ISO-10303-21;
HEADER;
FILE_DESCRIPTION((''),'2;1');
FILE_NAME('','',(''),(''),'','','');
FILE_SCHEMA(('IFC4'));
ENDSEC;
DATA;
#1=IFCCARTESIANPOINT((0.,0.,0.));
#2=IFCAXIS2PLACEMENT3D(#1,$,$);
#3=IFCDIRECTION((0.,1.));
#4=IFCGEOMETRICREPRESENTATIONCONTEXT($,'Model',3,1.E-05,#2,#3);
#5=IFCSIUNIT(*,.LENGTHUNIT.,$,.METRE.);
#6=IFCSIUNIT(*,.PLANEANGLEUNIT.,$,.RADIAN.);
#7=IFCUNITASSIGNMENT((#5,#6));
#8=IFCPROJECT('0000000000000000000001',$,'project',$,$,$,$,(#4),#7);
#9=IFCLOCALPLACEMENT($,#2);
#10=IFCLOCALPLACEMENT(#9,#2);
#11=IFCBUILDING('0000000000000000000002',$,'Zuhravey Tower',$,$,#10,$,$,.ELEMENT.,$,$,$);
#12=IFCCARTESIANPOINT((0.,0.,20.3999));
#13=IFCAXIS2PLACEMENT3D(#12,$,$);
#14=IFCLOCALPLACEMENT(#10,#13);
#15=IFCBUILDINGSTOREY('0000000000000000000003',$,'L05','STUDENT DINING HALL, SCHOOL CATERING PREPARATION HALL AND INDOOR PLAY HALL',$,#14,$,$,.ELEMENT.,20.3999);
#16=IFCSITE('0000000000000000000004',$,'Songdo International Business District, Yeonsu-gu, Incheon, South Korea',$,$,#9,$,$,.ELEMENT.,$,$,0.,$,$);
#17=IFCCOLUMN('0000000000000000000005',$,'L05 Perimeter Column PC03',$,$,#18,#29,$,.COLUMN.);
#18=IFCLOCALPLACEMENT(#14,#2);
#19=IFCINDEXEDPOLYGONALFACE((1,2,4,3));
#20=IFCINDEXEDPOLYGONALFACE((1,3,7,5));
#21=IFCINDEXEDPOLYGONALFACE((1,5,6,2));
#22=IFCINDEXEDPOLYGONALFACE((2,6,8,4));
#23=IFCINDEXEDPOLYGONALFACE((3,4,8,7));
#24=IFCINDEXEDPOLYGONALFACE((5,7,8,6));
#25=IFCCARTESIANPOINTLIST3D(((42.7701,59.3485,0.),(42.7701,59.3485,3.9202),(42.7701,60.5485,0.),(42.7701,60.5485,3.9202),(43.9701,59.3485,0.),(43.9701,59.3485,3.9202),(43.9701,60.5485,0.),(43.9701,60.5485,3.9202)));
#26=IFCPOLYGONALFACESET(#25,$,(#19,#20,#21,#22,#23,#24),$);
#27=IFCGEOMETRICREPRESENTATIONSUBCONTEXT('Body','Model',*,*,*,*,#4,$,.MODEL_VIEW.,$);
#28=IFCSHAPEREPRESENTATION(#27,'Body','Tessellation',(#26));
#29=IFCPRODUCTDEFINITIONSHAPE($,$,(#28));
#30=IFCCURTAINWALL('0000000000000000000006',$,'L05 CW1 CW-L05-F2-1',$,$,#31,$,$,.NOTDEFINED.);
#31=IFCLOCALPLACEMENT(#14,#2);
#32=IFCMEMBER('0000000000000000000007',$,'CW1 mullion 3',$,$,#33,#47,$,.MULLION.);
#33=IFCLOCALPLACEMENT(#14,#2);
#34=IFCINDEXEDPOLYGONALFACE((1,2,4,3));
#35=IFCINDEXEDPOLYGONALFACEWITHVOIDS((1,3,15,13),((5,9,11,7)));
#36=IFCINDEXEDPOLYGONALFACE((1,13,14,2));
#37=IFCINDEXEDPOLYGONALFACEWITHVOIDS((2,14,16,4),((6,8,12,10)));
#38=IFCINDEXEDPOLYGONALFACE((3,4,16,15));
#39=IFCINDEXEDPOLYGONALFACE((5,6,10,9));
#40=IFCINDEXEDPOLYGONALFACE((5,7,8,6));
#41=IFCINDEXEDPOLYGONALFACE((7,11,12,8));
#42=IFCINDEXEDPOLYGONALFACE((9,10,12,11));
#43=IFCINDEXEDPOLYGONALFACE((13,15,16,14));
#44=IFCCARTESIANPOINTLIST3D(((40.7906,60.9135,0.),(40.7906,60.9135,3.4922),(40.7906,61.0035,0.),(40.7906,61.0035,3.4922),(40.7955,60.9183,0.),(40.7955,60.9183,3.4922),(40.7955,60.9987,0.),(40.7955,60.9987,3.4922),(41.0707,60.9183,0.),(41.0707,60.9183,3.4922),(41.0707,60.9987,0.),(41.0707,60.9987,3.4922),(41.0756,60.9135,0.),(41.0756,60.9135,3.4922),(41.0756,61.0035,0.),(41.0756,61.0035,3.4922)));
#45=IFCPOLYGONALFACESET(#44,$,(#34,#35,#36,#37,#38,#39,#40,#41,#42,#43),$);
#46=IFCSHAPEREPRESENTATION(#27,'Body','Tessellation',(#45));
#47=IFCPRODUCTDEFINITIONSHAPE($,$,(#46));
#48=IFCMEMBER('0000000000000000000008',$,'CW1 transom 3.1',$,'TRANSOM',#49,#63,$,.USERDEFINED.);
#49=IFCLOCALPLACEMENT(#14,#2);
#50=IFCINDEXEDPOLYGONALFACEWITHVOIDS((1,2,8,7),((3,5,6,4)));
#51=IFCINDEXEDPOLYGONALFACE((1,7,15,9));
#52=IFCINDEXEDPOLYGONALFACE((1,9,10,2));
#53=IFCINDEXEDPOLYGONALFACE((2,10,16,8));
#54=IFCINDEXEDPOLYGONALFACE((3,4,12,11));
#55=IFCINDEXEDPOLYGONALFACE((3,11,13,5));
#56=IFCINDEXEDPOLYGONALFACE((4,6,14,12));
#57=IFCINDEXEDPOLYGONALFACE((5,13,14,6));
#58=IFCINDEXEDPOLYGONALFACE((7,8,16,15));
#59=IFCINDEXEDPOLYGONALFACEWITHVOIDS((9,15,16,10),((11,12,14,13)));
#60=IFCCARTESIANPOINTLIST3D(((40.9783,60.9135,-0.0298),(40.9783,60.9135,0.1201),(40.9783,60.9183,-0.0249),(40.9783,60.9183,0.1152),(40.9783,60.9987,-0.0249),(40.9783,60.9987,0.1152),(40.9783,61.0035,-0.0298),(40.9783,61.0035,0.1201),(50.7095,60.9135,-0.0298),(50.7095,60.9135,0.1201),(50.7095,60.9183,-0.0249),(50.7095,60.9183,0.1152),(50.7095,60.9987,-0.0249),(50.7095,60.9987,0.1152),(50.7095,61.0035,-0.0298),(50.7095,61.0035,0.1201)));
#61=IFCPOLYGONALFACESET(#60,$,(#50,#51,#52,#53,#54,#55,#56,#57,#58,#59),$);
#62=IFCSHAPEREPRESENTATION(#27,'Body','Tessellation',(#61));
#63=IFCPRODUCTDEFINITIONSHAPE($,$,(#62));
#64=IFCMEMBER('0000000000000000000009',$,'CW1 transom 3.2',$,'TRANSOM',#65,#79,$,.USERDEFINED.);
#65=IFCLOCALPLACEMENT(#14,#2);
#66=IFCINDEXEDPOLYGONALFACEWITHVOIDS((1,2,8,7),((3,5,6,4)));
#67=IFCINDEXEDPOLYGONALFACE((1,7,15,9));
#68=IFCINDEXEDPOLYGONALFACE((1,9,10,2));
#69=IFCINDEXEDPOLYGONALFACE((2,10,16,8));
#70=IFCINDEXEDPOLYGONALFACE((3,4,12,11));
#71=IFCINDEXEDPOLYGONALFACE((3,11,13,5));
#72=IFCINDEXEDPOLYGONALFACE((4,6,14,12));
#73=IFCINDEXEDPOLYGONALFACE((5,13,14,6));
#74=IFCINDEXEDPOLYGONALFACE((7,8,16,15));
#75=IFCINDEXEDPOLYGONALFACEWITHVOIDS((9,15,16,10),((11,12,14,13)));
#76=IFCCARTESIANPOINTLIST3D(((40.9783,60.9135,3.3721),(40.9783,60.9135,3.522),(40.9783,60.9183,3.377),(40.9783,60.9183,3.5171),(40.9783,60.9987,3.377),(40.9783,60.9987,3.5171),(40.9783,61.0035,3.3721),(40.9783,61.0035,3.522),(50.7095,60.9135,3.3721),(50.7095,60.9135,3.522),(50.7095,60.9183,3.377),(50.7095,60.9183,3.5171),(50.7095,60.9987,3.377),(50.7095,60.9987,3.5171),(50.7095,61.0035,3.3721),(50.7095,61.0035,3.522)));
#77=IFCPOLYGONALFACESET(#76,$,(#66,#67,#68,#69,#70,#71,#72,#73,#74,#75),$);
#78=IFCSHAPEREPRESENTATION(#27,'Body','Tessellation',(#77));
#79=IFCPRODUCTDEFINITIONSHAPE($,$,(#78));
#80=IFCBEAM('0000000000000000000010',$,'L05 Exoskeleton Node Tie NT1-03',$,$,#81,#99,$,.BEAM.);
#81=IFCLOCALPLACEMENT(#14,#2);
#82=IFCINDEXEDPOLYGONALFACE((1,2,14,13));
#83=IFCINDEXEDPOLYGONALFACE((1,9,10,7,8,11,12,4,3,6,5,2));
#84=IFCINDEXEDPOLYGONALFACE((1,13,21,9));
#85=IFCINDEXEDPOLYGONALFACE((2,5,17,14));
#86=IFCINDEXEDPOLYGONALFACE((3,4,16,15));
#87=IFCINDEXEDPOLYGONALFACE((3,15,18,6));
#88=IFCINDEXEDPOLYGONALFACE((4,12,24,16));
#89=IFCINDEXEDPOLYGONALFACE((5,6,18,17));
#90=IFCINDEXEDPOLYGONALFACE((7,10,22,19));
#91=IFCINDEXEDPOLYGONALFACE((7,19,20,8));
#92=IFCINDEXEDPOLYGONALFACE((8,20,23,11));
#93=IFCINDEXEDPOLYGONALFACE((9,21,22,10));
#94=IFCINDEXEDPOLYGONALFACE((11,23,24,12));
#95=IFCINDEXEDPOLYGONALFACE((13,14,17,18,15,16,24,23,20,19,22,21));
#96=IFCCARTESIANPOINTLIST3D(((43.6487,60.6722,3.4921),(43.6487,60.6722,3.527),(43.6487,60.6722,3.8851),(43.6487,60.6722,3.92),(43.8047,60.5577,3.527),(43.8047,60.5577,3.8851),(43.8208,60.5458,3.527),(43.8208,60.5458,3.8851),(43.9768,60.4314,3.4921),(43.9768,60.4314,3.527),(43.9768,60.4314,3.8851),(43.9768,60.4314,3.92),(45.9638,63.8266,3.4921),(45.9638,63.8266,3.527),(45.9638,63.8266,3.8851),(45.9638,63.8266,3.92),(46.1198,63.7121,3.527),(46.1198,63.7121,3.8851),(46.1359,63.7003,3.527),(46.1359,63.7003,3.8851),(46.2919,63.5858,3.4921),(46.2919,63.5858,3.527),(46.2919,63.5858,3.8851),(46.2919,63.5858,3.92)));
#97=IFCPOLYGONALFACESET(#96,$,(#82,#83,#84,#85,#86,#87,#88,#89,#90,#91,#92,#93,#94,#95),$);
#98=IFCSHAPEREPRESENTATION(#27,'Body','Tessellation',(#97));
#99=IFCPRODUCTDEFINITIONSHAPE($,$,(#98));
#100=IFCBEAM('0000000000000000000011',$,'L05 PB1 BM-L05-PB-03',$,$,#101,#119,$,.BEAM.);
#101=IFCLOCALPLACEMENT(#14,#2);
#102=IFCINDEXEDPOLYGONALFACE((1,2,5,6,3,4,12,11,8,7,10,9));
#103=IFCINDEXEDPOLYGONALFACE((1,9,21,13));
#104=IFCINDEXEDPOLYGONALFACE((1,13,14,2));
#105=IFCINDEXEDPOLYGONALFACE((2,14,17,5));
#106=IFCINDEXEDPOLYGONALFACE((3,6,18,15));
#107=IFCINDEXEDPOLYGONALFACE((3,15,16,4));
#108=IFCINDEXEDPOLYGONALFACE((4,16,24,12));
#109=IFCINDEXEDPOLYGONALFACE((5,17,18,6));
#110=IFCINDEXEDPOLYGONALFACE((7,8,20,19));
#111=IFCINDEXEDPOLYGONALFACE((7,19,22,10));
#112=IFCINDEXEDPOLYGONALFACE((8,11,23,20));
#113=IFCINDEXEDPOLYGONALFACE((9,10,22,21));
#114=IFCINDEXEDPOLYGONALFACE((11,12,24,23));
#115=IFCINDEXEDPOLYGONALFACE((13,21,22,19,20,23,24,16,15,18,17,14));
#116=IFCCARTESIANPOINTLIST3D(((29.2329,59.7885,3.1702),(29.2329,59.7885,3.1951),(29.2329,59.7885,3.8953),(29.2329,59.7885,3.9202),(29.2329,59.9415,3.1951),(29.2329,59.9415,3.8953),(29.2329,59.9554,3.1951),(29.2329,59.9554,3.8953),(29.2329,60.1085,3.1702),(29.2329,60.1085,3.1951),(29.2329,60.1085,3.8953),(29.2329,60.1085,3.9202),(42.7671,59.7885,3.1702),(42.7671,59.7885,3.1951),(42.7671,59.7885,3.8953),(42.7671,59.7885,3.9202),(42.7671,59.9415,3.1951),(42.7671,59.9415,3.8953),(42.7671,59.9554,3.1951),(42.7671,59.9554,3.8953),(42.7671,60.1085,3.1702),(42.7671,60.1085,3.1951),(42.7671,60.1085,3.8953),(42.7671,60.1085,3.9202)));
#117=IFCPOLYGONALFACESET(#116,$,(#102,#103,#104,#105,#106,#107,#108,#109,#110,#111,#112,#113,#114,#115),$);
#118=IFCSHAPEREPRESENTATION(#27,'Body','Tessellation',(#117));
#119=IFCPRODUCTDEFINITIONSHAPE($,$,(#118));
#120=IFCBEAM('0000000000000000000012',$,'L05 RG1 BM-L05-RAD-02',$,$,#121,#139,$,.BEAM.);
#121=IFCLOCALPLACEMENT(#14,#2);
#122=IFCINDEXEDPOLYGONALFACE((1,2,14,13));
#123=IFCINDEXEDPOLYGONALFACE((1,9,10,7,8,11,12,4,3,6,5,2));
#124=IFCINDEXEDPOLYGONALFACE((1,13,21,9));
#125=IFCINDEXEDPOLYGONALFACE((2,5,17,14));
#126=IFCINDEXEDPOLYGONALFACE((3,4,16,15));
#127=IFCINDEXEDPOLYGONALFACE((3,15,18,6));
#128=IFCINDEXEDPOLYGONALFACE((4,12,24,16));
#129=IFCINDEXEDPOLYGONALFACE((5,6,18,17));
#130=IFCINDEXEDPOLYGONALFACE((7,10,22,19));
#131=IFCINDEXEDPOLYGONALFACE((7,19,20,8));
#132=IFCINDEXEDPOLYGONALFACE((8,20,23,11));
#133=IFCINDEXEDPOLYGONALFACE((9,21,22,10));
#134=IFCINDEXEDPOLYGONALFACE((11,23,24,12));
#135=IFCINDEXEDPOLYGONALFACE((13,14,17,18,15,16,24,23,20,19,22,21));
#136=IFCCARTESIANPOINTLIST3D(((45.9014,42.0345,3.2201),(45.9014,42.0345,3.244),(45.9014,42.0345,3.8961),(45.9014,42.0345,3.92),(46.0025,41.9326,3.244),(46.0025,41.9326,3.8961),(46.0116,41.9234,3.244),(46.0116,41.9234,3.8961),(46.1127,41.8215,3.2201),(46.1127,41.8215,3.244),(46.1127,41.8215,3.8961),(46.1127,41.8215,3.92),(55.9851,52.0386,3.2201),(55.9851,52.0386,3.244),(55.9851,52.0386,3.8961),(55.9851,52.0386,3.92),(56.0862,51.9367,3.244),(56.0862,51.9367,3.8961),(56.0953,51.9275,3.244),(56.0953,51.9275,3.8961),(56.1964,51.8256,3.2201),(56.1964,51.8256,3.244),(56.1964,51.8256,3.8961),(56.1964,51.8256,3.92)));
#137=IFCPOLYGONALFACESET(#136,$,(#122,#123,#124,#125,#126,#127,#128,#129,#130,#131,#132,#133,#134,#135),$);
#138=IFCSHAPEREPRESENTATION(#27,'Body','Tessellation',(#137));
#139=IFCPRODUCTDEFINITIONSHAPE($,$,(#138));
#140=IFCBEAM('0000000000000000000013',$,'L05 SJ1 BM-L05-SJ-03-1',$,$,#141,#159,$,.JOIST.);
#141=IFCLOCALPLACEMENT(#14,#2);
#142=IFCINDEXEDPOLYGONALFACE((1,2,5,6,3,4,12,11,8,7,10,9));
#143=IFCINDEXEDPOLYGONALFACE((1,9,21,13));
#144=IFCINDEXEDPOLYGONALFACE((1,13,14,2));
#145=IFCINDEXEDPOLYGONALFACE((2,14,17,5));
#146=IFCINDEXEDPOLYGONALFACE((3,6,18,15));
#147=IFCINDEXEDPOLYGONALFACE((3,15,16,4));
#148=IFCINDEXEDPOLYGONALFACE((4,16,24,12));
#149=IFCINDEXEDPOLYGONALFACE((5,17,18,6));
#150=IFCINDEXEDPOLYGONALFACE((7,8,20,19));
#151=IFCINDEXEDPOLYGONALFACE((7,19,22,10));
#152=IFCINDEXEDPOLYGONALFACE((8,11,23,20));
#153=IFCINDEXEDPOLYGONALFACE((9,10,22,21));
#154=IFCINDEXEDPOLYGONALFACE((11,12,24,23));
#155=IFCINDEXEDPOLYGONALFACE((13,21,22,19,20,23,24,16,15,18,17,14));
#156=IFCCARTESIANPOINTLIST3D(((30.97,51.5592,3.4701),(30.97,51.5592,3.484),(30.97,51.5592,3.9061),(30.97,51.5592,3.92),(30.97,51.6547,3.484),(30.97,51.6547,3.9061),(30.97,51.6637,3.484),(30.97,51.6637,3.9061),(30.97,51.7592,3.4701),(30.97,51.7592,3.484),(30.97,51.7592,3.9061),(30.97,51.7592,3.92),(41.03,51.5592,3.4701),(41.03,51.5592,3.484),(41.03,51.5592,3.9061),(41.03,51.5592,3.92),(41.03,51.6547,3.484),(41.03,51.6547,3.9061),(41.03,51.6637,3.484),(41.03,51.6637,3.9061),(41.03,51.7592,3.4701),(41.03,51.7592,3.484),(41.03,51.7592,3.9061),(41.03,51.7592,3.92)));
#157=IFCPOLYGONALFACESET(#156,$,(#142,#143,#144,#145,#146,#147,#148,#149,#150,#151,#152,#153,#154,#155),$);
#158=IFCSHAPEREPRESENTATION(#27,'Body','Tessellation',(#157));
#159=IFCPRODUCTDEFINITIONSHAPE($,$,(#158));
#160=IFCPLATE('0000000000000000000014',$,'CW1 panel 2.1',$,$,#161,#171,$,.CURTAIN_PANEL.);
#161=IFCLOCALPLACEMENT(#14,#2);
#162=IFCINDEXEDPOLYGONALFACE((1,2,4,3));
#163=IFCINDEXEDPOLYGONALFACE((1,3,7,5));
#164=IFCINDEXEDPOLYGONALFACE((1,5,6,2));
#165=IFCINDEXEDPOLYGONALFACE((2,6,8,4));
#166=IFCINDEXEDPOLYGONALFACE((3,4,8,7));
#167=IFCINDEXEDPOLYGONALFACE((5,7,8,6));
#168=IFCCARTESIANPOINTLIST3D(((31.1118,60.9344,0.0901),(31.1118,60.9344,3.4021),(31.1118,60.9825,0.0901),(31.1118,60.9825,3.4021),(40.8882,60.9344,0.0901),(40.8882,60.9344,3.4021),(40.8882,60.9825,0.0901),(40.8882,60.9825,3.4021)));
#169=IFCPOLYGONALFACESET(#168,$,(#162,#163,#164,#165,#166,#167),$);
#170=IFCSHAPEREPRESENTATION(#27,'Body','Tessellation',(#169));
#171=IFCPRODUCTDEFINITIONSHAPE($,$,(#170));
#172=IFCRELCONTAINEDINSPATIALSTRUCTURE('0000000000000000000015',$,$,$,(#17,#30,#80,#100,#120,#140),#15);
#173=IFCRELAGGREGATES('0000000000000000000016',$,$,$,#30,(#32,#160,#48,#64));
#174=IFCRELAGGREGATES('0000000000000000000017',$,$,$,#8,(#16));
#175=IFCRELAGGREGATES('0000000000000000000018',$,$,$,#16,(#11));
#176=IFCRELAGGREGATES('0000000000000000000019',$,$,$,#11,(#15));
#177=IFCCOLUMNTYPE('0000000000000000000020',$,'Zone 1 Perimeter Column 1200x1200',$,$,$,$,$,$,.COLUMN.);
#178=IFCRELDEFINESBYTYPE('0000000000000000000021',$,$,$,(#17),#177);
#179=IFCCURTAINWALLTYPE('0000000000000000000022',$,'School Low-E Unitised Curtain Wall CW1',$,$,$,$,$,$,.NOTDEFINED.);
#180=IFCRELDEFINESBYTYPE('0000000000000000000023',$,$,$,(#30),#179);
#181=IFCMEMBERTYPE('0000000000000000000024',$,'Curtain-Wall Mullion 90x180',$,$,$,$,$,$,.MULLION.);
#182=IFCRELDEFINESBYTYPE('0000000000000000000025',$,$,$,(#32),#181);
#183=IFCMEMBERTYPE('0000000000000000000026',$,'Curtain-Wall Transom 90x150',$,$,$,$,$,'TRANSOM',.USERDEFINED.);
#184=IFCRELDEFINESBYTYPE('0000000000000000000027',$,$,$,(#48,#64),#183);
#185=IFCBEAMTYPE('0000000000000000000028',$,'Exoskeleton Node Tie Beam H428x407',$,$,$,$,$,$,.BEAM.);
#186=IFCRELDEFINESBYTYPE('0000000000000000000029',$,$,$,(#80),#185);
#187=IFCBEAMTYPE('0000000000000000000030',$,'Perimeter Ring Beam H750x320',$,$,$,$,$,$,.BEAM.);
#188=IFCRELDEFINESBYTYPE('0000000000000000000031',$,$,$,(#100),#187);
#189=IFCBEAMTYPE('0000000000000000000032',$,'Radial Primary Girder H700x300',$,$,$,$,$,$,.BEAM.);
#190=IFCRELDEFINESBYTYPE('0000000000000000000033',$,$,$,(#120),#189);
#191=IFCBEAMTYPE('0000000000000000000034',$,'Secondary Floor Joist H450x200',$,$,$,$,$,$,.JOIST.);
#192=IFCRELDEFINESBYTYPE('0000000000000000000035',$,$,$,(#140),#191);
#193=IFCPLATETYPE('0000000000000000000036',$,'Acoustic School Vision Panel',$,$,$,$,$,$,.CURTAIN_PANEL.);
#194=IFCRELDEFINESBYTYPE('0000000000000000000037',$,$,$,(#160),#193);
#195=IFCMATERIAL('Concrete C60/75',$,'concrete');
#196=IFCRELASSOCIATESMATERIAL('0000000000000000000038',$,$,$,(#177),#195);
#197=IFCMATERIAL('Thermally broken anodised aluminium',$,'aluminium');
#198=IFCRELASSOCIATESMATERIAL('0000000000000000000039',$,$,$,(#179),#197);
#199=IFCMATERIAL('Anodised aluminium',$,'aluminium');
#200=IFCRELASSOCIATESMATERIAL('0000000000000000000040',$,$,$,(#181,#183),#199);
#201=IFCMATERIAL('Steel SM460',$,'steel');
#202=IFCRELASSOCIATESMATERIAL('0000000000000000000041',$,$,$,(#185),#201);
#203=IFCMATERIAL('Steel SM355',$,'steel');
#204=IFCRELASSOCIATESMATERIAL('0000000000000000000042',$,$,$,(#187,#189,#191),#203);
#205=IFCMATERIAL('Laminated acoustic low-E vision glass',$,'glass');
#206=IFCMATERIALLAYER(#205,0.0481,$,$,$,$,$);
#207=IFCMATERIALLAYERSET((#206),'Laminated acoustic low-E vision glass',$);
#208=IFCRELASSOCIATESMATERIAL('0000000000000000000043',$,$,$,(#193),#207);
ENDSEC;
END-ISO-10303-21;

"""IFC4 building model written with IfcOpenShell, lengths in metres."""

from ifc_helpers import new_model, si_unit, direction, frame, origin, origin_2d, place, context, subcontext, project, spatial, rectangle, hollow_rectangle, i_section, extrude, material, layer, layer_set, material_profile, profile_set, type_object, element, aggregate, save


model = new_model("IFC4")

# Units and contexts
model_context = context("Model", 3, precision=1e-05, world=origin(), true_north=direction((0.0, 1.0)))
body_context = subcontext(model_context, "Body", "Model", "MODEL_VIEW")
ifc_project = project(units=[si_unit("LENGTHUNIT", "METRE"), si_unit("PLANEANGLEUNIT", "RADIAN")], contexts=[model_context])

# Site, building, storey
site_placement = place(None, origin())
site = spatial("IfcSite", under=ifc_project, at=site_placement, Name="Songdo International Business District, Yeonsu-gu, Incheon, South Korea", CompositionType="ELEMENT", RefElevation=0.0)
building_placement = place(site_placement, origin())
building = spatial("IfcBuilding", under=site, at=building_placement, Name="Zuhravey Tower", CompositionType="ELEMENT")
storey_placement = place(building_placement, frame((0.0, 0.0, 20.3999)))
storey = spatial("IfcBuildingStorey", under=building, at=storey_placement, Name="L05", Description="STUDENT DINING HALL, SCHOOL CATERING PREPARATION HALL AND INDOOR PLAY HALL", CompositionType="ELEMENT", Elevation=20.3999)

# Column
ifc_material_1 = material(Name="Concrete C60/75", Category="concrete")
ifc_material_profile_1 = material_profile(ifc_material_1, rectangle(XDim=1.2, YDim=1.2, at=origin_2d()), Name="RC-1200x1200")
ifc_profile_set_1 = profile_set([ifc_material_profile_1], Name="Concrete C60/75")
column_type = type_object("IfcColumnType", Name="Zone 1 Perimeter Column 1200x1200", PredefinedType="COLUMN", material=ifc_profile_set_1)
column_placement = place(storey_placement, frame((43.3701, 59.9485, 0.0), z_axis=(0.0, 0.0, 1.0), x_axis=(-1.0, 0.0, 0.0)))
element("IfcColumn", 1, at=column_placement, inside=storey, type_object=column_type, Name="L05 Perimeter Column PC03", PredefinedType="COLUMN", context=body_context, shape_type="SweptSolid", body=[
    extrude(rectangle(XDim=1.2, YDim=1.2, at=origin_2d()), origin(), (0.0, 0.0, 1.0), 3.9202),
])

# Curtain wall, members
ifc_material_2 = material(Name="Thermally broken anodised aluminium", Category="aluminium")
curtain_wall_type = type_object("IfcCurtainWallType", Name="School Low-E Unitised Curtain Wall CW1", PredefinedType="NOTDEFINED", material=ifc_material_2)
curtain_wall_placement = place(storey_placement, origin())
curtain_wall = element("IfcCurtainWall", 2, at=curtain_wall_placement, inside=storey, type_object=curtain_wall_type, Name="L05 CW1 CW-L05-F2-1", PredefinedType="NOTDEFINED")
ifc_material_3 = material(Name="Anodised aluminium", Category="aluminium")
ifc_material_profile_2 = material_profile(ifc_material_3, hollow_rectangle(XDim=0.0901, YDim=0.2849, WallThickness=0.0049, at=origin_2d()), Name="ALU-RHS-90x285x5")
ifc_profile_set_2 = profile_set([ifc_material_profile_2], Name="Anodised aluminium")
member_type_1 = type_object("IfcMemberType", Name="Curtain-Wall Mullion 90x180", PredefinedType="MULLION", material=ifc_profile_set_2)
member_1_placement = place(storey_placement, frame((40.9331, 60.9585, 0.0), z_axis=(0.0, 0.0, 1.0), x_axis=(0.0, 1.0, 0.0)))
member_1 = element("IfcMember", 3, at=member_1_placement, type_object=member_type_1, Name="CW1 mullion 3", PredefinedType="MULLION", context=body_context, shape_type="SweptSolid", body=[
    extrude(hollow_rectangle(XDim=0.0901, YDim=0.2849, WallThickness=0.0049, at=origin_2d()), origin(), (0.0, 0.0, 1.0), 3.4922),
])
ifc_material_profile_3 = material_profile(ifc_material_3, hollow_rectangle(XDim=0.0901, YDim=0.1499, WallThickness=0.0049, at=origin_2d()), Name="ALU-RHS-90x150x5")
ifc_profile_set_3 = profile_set([ifc_material_profile_3], Name="Anodised aluminium")
member_type_2 = type_object("IfcMemberType", Name="Curtain-Wall Transom 90x150", ElementType="TRANSOM", PredefinedType="USERDEFINED", material=ifc_profile_set_3)
member_2_placement = place(storey_placement, frame((40.9783, 60.9585, 0.0452), z_axis=(1.0, 0.0, 0.0), x_axis=(0.0, 1.0, 0.0)))
member_2 = element("IfcMember", 4, at=member_2_placement, type_object=member_type_2, Name="CW1 transom 3.1", ObjectType="TRANSOM", PredefinedType="USERDEFINED", context=body_context, shape_type="SweptSolid", body=[
    extrude(hollow_rectangle(XDim=0.0901, YDim=0.1499, WallThickness=0.0049, at=origin_2d()), origin(), (0.0, 0.0, 1.0), 9.7312),
])
member_3_placement = place(storey_placement, frame((40.9783, 60.9585, 3.447), z_axis=(1.0, 0.0, 0.0), x_axis=(0.0, 1.0, 0.0)))
member_3 = element("IfcMember", 5, at=member_3_placement, type_object=member_type_2, Name="CW1 transom 3.2", ObjectType="TRANSOM", PredefinedType="USERDEFINED", context=body_context, shape_type="SweptSolid", body=[
    extrude(hollow_rectangle(XDim=0.0901, YDim=0.1499, WallThickness=0.0049, at=origin_2d()), origin(), (0.0, 0.0, 1.0), 9.7312),
])

# Beams
ifc_material_4 = material(Name="Steel SM460", Category="steel")
ifc_material_profile_4 = material_profile(ifc_material_4, i_section(OverallWidth=0.407, OverallDepth=0.428, WebThickness=0.02, FlangeThickness=0.0349, at=origin_2d()), Name="H-428x407x20x35")
ifc_profile_set_4 = profile_set([ifc_material_profile_4], Name="Steel SM460")
beam_type_1 = type_object("IfcBeamType", Name="Exoskeleton Node Tie Beam H428x407", PredefinedType="BEAM", material=ifc_profile_set_4)
beam_1_placement = place(storey_placement, frame((43.8127, 60.5518, 3.7061), z_axis=(0.591672, 0.806179, 0.0), x_axis=(-0.806179, 0.591672, 0.0)))
element("IfcBeam", 6, at=beam_1_placement, inside=storey, type_object=beam_type_1, Name="L05 Exoskeleton Node Tie NT1-03", PredefinedType="BEAM", context=body_context, shape_type="SweptSolid", body=[
    extrude(i_section(OverallWidth=0.407, OverallDepth=0.428, WebThickness=0.02, FlangeThickness=0.0349, at=origin_2d()), origin(), (0.0, 0.0, 1.0), 3.9128),
])
ifc_material_5 = material(Name="Steel SM355", Category="steel")
ifc_material_profile_5 = material_profile(ifc_material_5, i_section(OverallWidth=0.3201, OverallDepth=0.75, WebThickness=0.0139, FlangeThickness=0.0249, at=origin_2d()), Name="H-750x320x14x25")
ifc_profile_set_5 = profile_set([ifc_material_profile_5], Name="Steel SM355")
beam_type_2 = type_object("IfcBeamType", Name="Perimeter Ring Beam H750x320", PredefinedType="BEAM", material=ifc_profile_set_5)
beam_2_placement = place(storey_placement, frame((42.7671, 59.9485, 3.5452), z_axis=(-1.0, 0.0, 0.0), x_axis=(0.0, -1.0, 0.0)))
element("IfcBeam", 7, at=beam_2_placement, inside=storey, type_object=beam_type_2, Name="L05 PB1 BM-L05-PB-03", PredefinedType="BEAM", context=body_context, shape_type="SweptSolid", body=[
    extrude(i_section(OverallWidth=0.3201, OverallDepth=0.75, WebThickness=0.0139, FlangeThickness=0.0249, at=origin_2d()), origin(), (0.0, 0.0, 1.0), 13.5342),
])
ifc_material_profile_6 = material_profile(ifc_material_5, i_section(OverallWidth=0.3, OverallDepth=0.7, WebThickness=0.0129, FlangeThickness=0.0239, at=origin_2d()), Name="H-700x300x13x24")
ifc_profile_set_6 = profile_set([ifc_material_profile_6], Name="Steel SM355")
beam_type_3 = type_object("IfcBeamType", Name="Radial Primary Girder H700x300", PredefinedType="BEAM", material=ifc_profile_set_6)
beam_3_placement = place(storey_placement, frame((46.0071, 41.928, 3.5701), z_axis=(0.709903, 0.7043, 0.0), x_axis=(-0.7043, 0.709903, 0.0)))
element("IfcBeam", 8, at=beam_3_placement, inside=storey, type_object=beam_type_3, Name="L05 RG1 BM-L05-RAD-02", PredefinedType="BEAM", context=body_context, shape_type="SweptSolid", body=[
    extrude(i_section(OverallWidth=0.3, OverallDepth=0.7, WebThickness=0.0129, FlangeThickness=0.0239, at=origin_2d()), origin(), (0.0, 0.0, 1.0), 14.2043),
])
ifc_material_profile_7 = material_profile(ifc_material_5, i_section(OverallWidth=0.2, OverallDepth=0.45, WebThickness=0.009, FlangeThickness=0.0139, at=origin_2d()), Name="H-450x200x9x14")
ifc_profile_set_7 = profile_set([ifc_material_profile_7], Name="Steel SM355")
beam_type_4 = type_object("IfcBeamType", Name="Secondary Floor Joist H450x200", PredefinedType="JOIST", material=ifc_profile_set_7)
beam_4_placement = place(storey_placement, frame((41.03, 51.6592, 3.6951), z_axis=(-1.0, 0.0, 0.0), x_axis=(0.0, -1.0, 0.0)))
element("IfcBeam", 9, at=beam_4_placement, inside=storey, type_object=beam_type_4, Name="L05 SJ1 BM-L05-SJ-03-1", PredefinedType="JOIST", context=body_context, shape_type="SweptSolid", body=[
    extrude(i_section(OverallWidth=0.2, OverallDepth=0.45, WebThickness=0.009, FlangeThickness=0.0139, at=origin_2d()), origin(), (0.0, 0.0, 1.0), 10.0601),
])

# Plate
ifc_material_6 = material(Name="Laminated acoustic low-E vision glass", Category="glass")
ifc_layer_1 = layer(ifc_material_6, 0.0481)
ifc_layer_set_1 = layer_set([ifc_layer_1], Name="Laminated acoustic low-E vision glass")
plate_type = type_object("IfcPlateType", Name="Acoustic School Vision Panel", PredefinedType="CURTAIN_PANEL", material=ifc_layer_set_1)
plate_1_placement = place(storey_placement, frame((36.0, 60.9585, 0.0901), z_axis=(0.0, 0.0, 1.0), x_axis=(1.0, 0.0, 0.0)))
plate_1 = element("IfcPlate", 10, at=plate_1_placement, type_object=plate_type, Name="CW1 panel 2.1", PredefinedType="CURTAIN_PANEL", context=body_context, shape_type="SweptSolid", body=[
    extrude(rectangle(XDim=9.7764, YDim=0.0481, at=origin_2d()), origin(), (0.0, 0.0, 1.0), 3.312),
])
aggregate(curtain_wall, [member_1, plate_1, member_2, member_3])

save(model, "model.ifc")
